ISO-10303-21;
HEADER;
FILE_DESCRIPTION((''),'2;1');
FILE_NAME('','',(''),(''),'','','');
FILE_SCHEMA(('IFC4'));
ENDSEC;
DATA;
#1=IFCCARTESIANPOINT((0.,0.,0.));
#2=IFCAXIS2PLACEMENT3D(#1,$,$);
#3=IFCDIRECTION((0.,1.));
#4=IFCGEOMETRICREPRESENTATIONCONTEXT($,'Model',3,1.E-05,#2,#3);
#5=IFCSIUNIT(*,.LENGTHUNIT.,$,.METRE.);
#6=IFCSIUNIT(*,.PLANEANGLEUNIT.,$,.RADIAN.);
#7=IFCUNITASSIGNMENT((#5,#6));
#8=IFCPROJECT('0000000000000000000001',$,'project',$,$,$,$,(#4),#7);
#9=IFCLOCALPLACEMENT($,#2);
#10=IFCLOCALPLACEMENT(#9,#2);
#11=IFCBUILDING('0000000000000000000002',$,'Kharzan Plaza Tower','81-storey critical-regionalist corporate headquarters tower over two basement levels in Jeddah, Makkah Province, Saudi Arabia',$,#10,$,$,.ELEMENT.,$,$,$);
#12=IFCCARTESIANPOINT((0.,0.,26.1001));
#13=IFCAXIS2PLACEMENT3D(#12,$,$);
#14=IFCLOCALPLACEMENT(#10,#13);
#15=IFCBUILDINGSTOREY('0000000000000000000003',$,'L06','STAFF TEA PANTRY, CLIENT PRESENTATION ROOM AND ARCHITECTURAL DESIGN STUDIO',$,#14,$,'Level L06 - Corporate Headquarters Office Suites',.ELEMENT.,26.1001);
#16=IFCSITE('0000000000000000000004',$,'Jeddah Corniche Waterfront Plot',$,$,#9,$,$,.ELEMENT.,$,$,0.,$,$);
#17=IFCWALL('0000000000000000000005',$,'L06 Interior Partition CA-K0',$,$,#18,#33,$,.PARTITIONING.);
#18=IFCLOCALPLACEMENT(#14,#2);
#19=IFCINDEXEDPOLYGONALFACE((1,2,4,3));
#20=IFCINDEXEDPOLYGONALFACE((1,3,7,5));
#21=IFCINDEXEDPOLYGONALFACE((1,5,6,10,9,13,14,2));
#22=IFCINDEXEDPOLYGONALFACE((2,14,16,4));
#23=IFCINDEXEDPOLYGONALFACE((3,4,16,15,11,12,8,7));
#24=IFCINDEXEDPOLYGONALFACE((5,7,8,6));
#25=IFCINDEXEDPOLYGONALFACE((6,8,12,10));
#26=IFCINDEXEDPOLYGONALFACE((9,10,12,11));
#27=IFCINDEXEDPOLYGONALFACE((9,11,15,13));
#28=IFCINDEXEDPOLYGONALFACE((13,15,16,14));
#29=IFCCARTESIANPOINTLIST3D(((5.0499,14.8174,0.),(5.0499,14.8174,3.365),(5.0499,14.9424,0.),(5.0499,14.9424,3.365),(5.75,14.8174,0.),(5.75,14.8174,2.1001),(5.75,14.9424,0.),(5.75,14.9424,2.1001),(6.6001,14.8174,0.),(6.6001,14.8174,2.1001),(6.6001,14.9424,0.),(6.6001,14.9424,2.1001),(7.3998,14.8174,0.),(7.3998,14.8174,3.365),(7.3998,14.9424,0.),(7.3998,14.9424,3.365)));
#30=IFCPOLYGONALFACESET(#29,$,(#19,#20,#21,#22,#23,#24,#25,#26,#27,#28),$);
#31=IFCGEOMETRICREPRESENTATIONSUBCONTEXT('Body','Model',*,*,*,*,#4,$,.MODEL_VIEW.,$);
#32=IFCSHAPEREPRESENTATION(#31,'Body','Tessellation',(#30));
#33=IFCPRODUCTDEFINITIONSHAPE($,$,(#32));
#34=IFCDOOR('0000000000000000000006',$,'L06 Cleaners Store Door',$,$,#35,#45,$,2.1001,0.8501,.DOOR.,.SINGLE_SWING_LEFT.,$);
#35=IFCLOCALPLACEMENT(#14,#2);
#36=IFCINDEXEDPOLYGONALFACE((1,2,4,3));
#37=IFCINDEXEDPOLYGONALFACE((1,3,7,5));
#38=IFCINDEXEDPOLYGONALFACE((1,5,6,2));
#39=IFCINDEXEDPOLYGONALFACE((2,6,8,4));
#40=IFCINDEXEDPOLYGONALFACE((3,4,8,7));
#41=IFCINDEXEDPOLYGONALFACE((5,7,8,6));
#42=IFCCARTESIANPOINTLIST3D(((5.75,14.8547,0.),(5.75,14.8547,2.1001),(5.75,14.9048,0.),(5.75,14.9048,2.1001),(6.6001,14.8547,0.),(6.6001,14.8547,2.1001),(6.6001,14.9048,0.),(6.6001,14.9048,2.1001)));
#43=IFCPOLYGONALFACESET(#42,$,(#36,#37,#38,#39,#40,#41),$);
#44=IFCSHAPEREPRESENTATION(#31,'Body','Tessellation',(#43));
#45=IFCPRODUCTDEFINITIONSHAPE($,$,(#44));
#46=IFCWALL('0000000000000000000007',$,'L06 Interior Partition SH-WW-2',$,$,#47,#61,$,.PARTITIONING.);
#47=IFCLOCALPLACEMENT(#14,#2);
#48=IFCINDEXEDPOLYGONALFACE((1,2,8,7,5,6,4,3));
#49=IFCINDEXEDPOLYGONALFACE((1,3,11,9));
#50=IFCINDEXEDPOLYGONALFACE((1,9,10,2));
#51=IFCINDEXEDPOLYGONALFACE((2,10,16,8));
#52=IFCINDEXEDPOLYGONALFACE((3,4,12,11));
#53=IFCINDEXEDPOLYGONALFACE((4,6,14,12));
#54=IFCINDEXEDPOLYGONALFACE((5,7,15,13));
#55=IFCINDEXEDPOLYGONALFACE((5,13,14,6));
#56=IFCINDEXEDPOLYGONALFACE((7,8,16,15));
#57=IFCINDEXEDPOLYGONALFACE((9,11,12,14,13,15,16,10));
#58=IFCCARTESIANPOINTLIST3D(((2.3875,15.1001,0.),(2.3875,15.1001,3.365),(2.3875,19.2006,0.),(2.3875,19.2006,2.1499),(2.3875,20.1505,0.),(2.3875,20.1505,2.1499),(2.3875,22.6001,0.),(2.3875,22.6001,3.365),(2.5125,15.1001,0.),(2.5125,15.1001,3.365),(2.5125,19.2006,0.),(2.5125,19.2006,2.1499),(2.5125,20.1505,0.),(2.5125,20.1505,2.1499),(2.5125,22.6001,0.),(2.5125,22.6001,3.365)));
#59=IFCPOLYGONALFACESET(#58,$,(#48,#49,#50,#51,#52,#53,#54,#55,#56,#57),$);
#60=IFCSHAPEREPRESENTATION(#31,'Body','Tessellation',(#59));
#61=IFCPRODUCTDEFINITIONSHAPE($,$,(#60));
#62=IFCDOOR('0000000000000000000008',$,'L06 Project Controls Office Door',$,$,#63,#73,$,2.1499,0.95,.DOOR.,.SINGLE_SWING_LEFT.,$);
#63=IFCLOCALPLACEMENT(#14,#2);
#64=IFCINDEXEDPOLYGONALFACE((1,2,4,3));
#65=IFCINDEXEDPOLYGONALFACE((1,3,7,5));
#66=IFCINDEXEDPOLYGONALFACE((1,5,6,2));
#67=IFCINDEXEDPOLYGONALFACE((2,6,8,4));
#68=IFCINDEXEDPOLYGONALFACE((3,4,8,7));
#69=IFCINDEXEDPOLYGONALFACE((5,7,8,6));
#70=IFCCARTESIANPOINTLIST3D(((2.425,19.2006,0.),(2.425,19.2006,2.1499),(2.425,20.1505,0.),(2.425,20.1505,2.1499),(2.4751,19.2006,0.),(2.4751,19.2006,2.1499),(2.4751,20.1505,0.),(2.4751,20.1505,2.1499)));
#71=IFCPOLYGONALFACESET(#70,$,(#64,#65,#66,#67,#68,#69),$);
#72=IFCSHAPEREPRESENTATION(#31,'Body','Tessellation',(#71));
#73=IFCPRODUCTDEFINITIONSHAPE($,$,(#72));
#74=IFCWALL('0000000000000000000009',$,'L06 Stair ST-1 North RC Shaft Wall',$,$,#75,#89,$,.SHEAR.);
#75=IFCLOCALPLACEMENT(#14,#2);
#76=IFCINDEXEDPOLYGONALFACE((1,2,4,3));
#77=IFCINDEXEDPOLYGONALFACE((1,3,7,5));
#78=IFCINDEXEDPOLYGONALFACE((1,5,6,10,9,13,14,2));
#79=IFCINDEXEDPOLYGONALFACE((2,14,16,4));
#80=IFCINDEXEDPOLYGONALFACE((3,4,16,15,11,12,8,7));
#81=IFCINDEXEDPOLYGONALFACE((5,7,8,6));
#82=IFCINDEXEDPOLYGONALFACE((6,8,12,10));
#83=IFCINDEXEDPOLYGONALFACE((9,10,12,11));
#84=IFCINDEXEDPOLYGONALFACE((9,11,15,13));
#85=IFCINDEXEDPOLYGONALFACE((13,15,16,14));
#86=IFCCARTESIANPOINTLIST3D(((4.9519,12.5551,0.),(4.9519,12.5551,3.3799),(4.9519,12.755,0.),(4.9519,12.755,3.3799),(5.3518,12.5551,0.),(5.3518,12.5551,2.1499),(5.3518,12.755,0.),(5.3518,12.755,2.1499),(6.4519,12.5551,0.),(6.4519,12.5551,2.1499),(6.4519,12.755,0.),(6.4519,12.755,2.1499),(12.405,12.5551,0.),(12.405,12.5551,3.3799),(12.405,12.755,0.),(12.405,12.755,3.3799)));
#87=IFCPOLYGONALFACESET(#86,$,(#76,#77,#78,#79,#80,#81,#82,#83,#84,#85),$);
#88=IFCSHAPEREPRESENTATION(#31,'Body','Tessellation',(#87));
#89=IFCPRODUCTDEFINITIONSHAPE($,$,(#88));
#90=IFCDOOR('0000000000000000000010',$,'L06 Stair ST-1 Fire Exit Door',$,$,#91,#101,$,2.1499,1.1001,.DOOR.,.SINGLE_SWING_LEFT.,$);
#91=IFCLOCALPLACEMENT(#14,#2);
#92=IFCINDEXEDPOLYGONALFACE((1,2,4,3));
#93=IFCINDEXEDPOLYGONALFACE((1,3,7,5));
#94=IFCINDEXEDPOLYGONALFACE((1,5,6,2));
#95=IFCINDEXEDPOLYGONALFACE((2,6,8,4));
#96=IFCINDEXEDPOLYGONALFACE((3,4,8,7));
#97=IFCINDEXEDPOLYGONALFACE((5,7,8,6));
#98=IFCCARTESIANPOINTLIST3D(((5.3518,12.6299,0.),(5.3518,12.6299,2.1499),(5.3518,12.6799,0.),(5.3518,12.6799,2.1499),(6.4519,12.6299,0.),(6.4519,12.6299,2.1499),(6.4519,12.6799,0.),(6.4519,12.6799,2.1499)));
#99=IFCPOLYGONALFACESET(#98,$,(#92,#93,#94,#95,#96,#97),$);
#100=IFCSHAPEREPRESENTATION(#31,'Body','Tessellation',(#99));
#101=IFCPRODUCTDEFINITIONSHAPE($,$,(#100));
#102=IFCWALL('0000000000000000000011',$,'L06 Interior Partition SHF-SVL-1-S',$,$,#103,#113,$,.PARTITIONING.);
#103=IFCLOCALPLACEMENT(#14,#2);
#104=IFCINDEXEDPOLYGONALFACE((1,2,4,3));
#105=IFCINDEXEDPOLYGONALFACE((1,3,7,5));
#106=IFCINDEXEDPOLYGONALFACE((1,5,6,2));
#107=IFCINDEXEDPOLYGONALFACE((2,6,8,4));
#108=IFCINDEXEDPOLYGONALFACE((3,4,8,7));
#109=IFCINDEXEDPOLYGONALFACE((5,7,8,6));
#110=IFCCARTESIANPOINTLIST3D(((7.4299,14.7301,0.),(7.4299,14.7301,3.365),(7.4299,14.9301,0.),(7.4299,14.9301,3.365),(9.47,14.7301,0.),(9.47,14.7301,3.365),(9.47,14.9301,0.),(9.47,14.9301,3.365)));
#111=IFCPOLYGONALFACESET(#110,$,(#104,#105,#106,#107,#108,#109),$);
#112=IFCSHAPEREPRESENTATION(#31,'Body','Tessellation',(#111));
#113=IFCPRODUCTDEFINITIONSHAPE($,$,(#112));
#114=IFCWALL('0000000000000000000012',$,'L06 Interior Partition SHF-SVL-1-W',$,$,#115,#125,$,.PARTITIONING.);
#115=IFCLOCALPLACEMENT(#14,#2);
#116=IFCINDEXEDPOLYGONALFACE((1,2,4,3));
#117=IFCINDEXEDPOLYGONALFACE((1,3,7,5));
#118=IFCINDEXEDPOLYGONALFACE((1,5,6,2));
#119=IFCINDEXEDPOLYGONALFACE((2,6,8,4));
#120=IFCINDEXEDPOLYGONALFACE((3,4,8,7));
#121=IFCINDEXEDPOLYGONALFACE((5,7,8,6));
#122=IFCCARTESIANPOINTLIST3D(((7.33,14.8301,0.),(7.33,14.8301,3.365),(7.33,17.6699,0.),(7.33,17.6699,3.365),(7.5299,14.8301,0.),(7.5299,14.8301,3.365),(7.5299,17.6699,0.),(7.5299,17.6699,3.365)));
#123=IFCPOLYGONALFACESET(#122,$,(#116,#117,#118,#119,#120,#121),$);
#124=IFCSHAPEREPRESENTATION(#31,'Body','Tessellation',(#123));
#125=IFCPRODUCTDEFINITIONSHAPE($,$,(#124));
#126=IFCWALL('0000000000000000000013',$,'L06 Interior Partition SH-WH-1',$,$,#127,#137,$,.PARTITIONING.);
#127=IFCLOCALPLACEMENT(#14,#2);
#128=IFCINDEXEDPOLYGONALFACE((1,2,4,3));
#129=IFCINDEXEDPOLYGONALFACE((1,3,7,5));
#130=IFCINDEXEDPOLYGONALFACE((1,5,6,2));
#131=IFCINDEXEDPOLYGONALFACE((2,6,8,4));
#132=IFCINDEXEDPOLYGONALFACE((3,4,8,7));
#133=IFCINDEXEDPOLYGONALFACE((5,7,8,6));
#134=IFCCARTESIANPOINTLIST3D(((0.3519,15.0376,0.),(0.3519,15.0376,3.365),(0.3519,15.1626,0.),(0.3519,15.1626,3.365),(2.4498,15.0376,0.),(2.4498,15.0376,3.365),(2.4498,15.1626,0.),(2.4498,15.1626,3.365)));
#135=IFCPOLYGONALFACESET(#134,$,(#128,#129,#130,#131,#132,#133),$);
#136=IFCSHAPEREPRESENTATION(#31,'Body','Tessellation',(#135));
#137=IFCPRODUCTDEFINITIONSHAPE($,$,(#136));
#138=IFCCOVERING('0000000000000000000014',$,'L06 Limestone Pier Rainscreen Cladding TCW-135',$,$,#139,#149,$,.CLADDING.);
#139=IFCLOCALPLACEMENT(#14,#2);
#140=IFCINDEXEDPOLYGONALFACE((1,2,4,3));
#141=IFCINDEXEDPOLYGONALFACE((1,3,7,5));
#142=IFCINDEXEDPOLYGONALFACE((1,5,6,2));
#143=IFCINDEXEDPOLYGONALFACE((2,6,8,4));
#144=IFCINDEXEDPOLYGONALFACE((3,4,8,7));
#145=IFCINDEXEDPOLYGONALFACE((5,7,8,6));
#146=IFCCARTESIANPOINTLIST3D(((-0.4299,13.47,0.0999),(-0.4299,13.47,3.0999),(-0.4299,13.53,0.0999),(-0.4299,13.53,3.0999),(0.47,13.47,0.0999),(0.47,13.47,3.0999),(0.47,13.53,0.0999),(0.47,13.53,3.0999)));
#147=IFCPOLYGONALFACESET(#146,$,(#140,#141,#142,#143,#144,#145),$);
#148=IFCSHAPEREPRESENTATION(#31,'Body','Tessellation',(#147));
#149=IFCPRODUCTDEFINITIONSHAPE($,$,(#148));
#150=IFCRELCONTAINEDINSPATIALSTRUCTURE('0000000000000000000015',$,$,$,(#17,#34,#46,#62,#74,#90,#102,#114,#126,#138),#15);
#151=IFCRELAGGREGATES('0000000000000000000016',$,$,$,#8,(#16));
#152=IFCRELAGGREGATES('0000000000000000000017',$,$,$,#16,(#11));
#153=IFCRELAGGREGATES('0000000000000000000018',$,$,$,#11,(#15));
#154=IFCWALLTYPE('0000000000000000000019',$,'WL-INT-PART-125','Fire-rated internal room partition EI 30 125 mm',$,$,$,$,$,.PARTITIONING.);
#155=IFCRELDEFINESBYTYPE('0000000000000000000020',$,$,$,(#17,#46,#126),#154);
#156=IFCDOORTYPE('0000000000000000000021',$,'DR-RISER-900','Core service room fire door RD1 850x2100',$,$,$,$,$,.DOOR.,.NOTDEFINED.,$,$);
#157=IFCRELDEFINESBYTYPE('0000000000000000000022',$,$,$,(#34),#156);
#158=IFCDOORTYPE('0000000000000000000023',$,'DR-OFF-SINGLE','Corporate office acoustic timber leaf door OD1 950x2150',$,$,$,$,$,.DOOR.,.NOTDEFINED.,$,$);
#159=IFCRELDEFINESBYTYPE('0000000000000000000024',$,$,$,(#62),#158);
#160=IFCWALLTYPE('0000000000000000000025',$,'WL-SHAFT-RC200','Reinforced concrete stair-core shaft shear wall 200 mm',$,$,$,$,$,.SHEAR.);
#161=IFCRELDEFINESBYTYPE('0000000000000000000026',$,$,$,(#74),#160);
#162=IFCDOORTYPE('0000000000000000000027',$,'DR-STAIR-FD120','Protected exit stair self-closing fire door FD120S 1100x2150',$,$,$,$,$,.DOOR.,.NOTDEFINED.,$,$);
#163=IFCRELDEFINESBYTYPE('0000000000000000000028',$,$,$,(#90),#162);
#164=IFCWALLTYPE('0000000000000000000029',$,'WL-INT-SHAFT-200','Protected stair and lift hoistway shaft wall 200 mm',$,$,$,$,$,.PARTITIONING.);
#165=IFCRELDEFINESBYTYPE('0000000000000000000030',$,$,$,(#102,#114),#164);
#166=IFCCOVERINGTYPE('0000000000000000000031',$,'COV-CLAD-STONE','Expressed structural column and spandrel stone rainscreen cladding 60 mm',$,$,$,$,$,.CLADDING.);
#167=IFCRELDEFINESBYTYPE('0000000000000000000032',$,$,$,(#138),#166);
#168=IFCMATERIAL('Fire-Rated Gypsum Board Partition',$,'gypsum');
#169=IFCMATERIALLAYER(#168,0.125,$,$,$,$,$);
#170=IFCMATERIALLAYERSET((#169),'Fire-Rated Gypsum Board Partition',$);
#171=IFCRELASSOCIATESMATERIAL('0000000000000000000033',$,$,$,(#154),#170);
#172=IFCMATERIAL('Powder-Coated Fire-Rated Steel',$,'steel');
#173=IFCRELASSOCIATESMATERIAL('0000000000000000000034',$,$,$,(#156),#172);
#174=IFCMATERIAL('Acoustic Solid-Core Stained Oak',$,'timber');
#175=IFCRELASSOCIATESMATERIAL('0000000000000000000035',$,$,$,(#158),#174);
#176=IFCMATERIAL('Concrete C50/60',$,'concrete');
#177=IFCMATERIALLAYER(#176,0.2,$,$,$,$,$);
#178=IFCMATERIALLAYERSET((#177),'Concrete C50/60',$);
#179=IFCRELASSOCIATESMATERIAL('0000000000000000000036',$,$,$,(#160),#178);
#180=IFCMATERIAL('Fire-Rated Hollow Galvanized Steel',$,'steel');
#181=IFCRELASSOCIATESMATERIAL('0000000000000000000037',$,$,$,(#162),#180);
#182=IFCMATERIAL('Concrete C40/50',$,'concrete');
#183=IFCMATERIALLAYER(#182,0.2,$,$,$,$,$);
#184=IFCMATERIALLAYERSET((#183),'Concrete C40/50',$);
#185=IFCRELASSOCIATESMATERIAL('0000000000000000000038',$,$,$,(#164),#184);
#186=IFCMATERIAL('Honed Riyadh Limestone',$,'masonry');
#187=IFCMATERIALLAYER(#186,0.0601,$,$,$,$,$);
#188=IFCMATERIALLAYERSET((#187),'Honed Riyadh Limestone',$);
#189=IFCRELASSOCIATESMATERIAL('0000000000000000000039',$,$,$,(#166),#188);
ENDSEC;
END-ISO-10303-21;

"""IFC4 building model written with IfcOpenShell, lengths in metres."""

from ifc_helpers import new_model, si_unit, direction, frame, frame_2d, origin, origin_2d, place, context, subcontext, project, spatial, rectangle, extrude, source, transform, mapped, material, layer, layer_set, type_object, element, fill, save


model = new_model("IFC4")

# Units and contexts
model_context = context("Model", 3, precision=1e-05, world=origin(), true_north=direction((0.0, 1.0)))
body_context = subcontext(model_context, "Body", "Model", "MODEL_VIEW")
ifc_project = project(units=[si_unit("LENGTHUNIT", "METRE"), si_unit("PLANEANGLEUNIT", "RADIAN")], contexts=[model_context])

# Site, building, storey
site_placement = place(None, origin())
site = spatial("IfcSite", under=ifc_project, at=site_placement, Name="Jeddah Corniche Waterfront Plot", CompositionType="ELEMENT", RefElevation=0.0)
building_placement = place(site_placement, origin())
building = spatial("IfcBuilding", under=site, at=building_placement, Name="Kharzan Plaza Tower", Description="81-storey critical-regionalist corporate headquarters tower over two basement levels in Jeddah, Makkah Province, Saudi Arabia", CompositionType="ELEMENT")
storey_placement = place(building_placement, frame((0.0, 0.0, 26.1001)))
storey = spatial("IfcBuildingStorey", under=building, at=storey_placement, Name="L06", Description="STAFF TEA PANTRY, CLIENT PRESENTATION ROOM AND ARCHITECTURAL DESIGN STUDIO", LongName="Level L06 - Corporate Headquarters Office Suites", CompositionType="ELEMENT", Elevation=26.1001)

# Shared definitions
ifc_material_1 = material(Name="Concrete C40/50", Category="concrete")

# Walls, openings, doors
ifc_material_2 = material(Name="Fire-Rated Gypsum Board Partition", Category="gypsum")
ifc_layer_1 = layer(ifc_material_2, 0.125)
ifc_layer_set_1 = layer_set([ifc_layer_1], Name="Fire-Rated Gypsum Board Partition")
wall_type_1 = type_object("IfcWallType", Name="WL-INT-PART-125", Description="Fire-rated internal room partition EI 30 125 mm", PredefinedType="PARTITIONING", material=ifc_layer_set_1)
wall_1_placement = place(storey_placement, frame((5.05, 14.8799, 0.0), z_axis=(0.0, 0.0, 1.0), x_axis=(1.0, 0.0, 0.0)))
wall_1 = element("IfcWall", 1, at=wall_1_placement, inside=storey, type_object=wall_type_1, Name="L06 Interior Partition CA-K0", PredefinedType="PARTITIONING", context=body_context, shape_type="SweptSolid", body=[
    extrude(rectangle(XDim=2.3499, YDim=0.125, at=frame_2d((1.1748, 0.0))), origin(), (0.0, 0.0, 1.0), 3.365),
])
opening_1_placement = place(wall_1_placement, frame((0.7, 0.0, 0.0)))
opening_1 = element("IfcOpeningElement", 2, at=opening_1_placement, cuts=wall_1, PredefinedType="OPENING", context=body_context, shape_type="SweptSolid", body=[
    extrude(rectangle(XDim=0.8501, YDim=2.1001, at=frame_2d((0.425, 1.05))), frame((0.0, 0.0725, 0.0), z_axis=(0.0, -1.0, 0.0), x_axis=(1.0, 0.0, 0.0)), (0.0, 0.0, 1.0), 0.145),
])
ifc_material_3 = material(Name="Powder-Coated Fire-Rated Steel", Category="steel")
door_type_1 = type_object("IfcDoorType", Name="DR-RISER-900", Description="Core service room fire door RD1 850x2100", OperationType="NOTDEFINED", PredefinedType="DOOR", material=ifc_material_3)
shared_shape_1 = source(origin(), body_context, "Body", "SweptSolid", [
    extrude(rectangle(XDim=0.8501, YDim=2.1001, at=frame_2d((0.425, 1.05))), frame((0.0, 0.0249, 0.0), z_axis=(0.0, -1.0, 0.0), x_axis=(1.0, 0.0, 0.0)), (0.0, 0.0, 1.0), 0.05),
])
door_1_placement = place(opening_1_placement, origin())
door_1 = element("IfcDoor", 3, at=door_1_placement, inside=storey, type_object=door_type_1, Name="L06 Cleaners Store Door", OperationType="SINGLE_SWING_LEFT", OverallHeight=2.1001, OverallWidth=0.8501, PredefinedType="DOOR", context=body_context, shape_type="MappedRepresentation", body=[
    mapped(shared_shape_1, transform((0.0, 0.0, 0.0), x_axis=(1.0, 0.0, 0.0), y_axis=(0.0, 1.0, 0.0), z_axis=(0.0, 0.0, 1.0))),
])
fill(opening_1, door_1)
wall_2_placement = place(storey_placement, frame((2.45, 15.1001, 0.0), z_axis=(0.0, 0.0, 1.0), x_axis=(0.0, 1.0, 0.0)))
wall_2 = element("IfcWall", 4, at=wall_2_placement, inside=storey, type_object=wall_type_1, Name="L06 Interior Partition SH-WW-2", PredefinedType="PARTITIONING", context=body_context, shape_type="SweptSolid", body=[
    extrude(rectangle(XDim=7.5, YDim=0.125, at=frame_2d((3.75, 0.0))), origin(), (0.0, 0.0, 1.0), 3.365),
])
opening_2_placement = place(wall_2_placement, frame((4.1003, 0.0, 0.0)))
opening_2 = element("IfcOpeningElement", 5, at=opening_2_placement, cuts=wall_2, PredefinedType="OPENING", context=body_context, shape_type="SweptSolid", body=[
    extrude(rectangle(XDim=0.95, YDim=2.1499, at=frame_2d((0.4751, 1.075))), frame((0.0, 0.0725, 0.0), z_axis=(0.0, -1.0, 0.0), x_axis=(1.0, 0.0, 0.0)), (0.0, 0.0, 1.0), 0.145),
])
ifc_material_4 = material(Name="Acoustic Solid-Core Stained Oak", Category="timber")
door_type_2 = type_object("IfcDoorType", Name="DR-OFF-SINGLE", Description="Corporate office acoustic timber leaf door OD1 950x2150", OperationType="NOTDEFINED", PredefinedType="DOOR", material=ifc_material_4)
shared_shape_2 = source(origin(), body_context, "Body", "SweptSolid", [
    extrude(rectangle(XDim=0.95, YDim=2.1499, at=frame_2d((0.4751, 1.075))), frame((0.0, 0.0249, 0.0), z_axis=(0.0, -1.0, 0.0), x_axis=(1.0, 0.0, 0.0)), (0.0, 0.0, 1.0), 0.05),
])
door_2_placement = place(opening_2_placement, origin())
door_2 = element("IfcDoor", 6, at=door_2_placement, inside=storey, type_object=door_type_2, Name="L06 Project Controls Office Door", OperationType="SINGLE_SWING_LEFT", OverallHeight=2.1499, OverallWidth=0.95, PredefinedType="DOOR", context=body_context, shape_type="MappedRepresentation", body=[
    mapped(shared_shape_2, transform((0.0, 0.0, 0.0), x_axis=(1.0, 0.0, 0.0), y_axis=(0.0, 1.0, 0.0), z_axis=(0.0, 0.0, 1.0))),
])
fill(opening_2, door_2)
ifc_material_5 = material(Name="Concrete C50/60", Category="concrete")
ifc_layer_2 = layer(ifc_material_5, 0.2)
ifc_layer_set_2 = layer_set([ifc_layer_2], Name="Concrete C50/60")
wall_type_2 = type_object("IfcWallType", Name="WL-SHAFT-RC200", Description="Reinforced concrete stair-core shaft shear wall 200 mm", PredefinedType="SHEAR", material=ifc_layer_set_2)
wall_3_placement = place(storey_placement, frame((4.9519, 12.655, 0.0), z_axis=(0.0, 0.0, 1.0), x_axis=(1.0, 0.0, 0.0)))
wall_3 = element("IfcWall", 7, at=wall_3_placement, inside=storey, type_object=wall_type_2, Name="L06 Stair ST-1 North RC Shaft Wall", PredefinedType="SHEAR", context=body_context, shape_type="SweptSolid", body=[
    extrude(rectangle(XDim=7.4531, YDim=0.2, at=frame_2d((3.7266, 0.0))), origin(), (0.0, 0.0, 1.0), 3.3799),
])
opening_3_placement = place(wall_3_placement, frame((0.3999, 0.0, 0.0)))
opening_3 = element("IfcOpeningElement", 8, at=opening_3_placement, cuts=wall_3, PredefinedType="OPENING", context=body_context, shape_type="SweptSolid", body=[
    extrude(rectangle(XDim=1.1001, YDim=2.1499, at=frame_2d((0.55, 1.075))), frame((0.0, 0.1099, 0.0), z_axis=(0.0, -1.0, 0.0), x_axis=(1.0, 0.0, 0.0)), (0.0, 0.0, 1.0), 0.22),
])
ifc_material_6 = material(Name="Fire-Rated Hollow Galvanized Steel", Category="steel")
door_type_3 = type_object("IfcDoorType", Name="DR-STAIR-FD120", Description="Protected exit stair self-closing fire door FD120S 1100x2150", OperationType="NOTDEFINED", PredefinedType="DOOR", material=ifc_material_6)
shared_shape_3 = source(origin(), body_context, "Body", "SweptSolid", [
    extrude(rectangle(XDim=1.1001, YDim=2.1499, at=frame_2d((0.55, 1.075))), frame((0.0, 0.0249, 0.0), z_axis=(0.0, -1.0, 0.0), x_axis=(1.0, 0.0, 0.0)), (0.0, 0.0, 1.0), 0.05),
])
door_3_placement = place(opening_3_placement, origin())
door_3 = element("IfcDoor", 9, at=door_3_placement, inside=storey, type_object=door_type_3, Name="L06 Stair ST-1 Fire Exit Door", OperationType="SINGLE_SWING_LEFT", OverallHeight=2.1499, OverallWidth=1.1001, PredefinedType="DOOR", context=body_context, shape_type="MappedRepresentation", body=[
    mapped(shared_shape_3, transform((0.0, 0.0, 0.0), x_axis=(1.0, 0.0, 0.0), y_axis=(0.0, 1.0, 0.0), z_axis=(0.0, 0.0, 1.0))),
])
fill(opening_3, door_3)

# Walls
ifc_layer_3 = layer(ifc_material_1, 0.2)
ifc_layer_set_3 = layer_set([ifc_layer_3], Name="Concrete C40/50")
wall_type_3 = type_object("IfcWallType", Name="WL-INT-SHAFT-200", Description="Protected stair and lift hoistway shaft wall 200 mm", PredefinedType="PARTITIONING", material=ifc_layer_set_3)
shared_shape_4 = source(origin(), body_context, "Body", "SweptSolid", [
    extrude(rectangle(XDim=2.04, YDim=0.2, at=frame_2d((1.02, 0.0))), origin(), (0.0, 0.0, 1.0), 3.365),
])
wall_4_placement = place(storey_placement, frame((7.4299, 14.8301, 0.0), z_axis=(0.0, 0.0, 1.0), x_axis=(1.0, 0.0, 0.0)))
element("IfcWall", 10, at=wall_4_placement, inside=storey, type_object=wall_type_3, Name="L06 Interior Partition SHF-SVL-1-S", PredefinedType="PARTITIONING", context=body_context, shape_type="MappedRepresentation", body=[
    mapped(shared_shape_4, transform((0.0, 0.0, 0.0), x_axis=(1.0, 0.0, 0.0), y_axis=(0.0, 1.0, 0.0), z_axis=(0.0, 0.0, 1.0))),
])
shared_shape_5 = source(origin(), body_context, "Body", "SweptSolid", [
    extrude(rectangle(XDim=2.8398, YDim=0.2, at=frame_2d((1.4199, 0.0))), origin(), (0.0, 0.0, 1.0), 3.365),
])
wall_5_placement = place(storey_placement, frame((7.4299, 14.8301, 0.0), z_axis=(0.0, 0.0, 1.0), x_axis=(0.0, 1.0, 0.0)))
element("IfcWall", 11, at=wall_5_placement, inside=storey, type_object=wall_type_3, Name="L06 Interior Partition SHF-SVL-1-W", PredefinedType="PARTITIONING", context=body_context, shape_type="MappedRepresentation", body=[
    mapped(shared_shape_5, transform((0.0, 0.0, 0.0), x_axis=(1.0, 0.0, 0.0), y_axis=(0.0, 1.0, 0.0), z_axis=(0.0, 0.0, 1.0))),
])
shared_shape_6 = source(origin(), body_context, "Body", "SweptSolid", [
    extrude(rectangle(XDim=2.0979, YDim=0.125, at=frame_2d((1.0488, 0.0))), origin(), (0.0, 0.0, 1.0), 3.365),
])
wall_6_placement = place(storey_placement, frame((0.3521, 15.1001, 0.0), z_axis=(0.0, 0.0, 1.0), x_axis=(1.0, 0.0, 0.0)))
element("IfcWall", 12, at=wall_6_placement, inside=storey, type_object=wall_type_1, Name="L06 Interior Partition SH-WH-1", PredefinedType="PARTITIONING", context=body_context, shape_type="MappedRepresentation", body=[
    mapped(shared_shape_6, transform((0.0, 0.0, 0.0), x_axis=(1.0, 0.0, 0.0), y_axis=(0.0, 1.0, 0.0), z_axis=(0.0, 0.0, 1.0))),
])

# Covering
ifc_material_7 = material(Name="Honed Riyadh Limestone", Category="masonry")
ifc_layer_4 = layer(ifc_material_7, 0.0601)
ifc_layer_set_4 = layer_set([ifc_layer_4], Name="Honed Riyadh Limestone")
covering_type = type_object("IfcCoveringType", Name="COV-CLAD-STONE", Description="Expressed structural column and spandrel stone rainscreen cladding 60 mm", PredefinedType="CLADDING", material=ifc_layer_set_4)
shared_shape_7 = source(origin(), body_context, "Body", "SweptSolid", [
    extrude(rectangle(XDim=0.0601, YDim=0.8999, at=origin_2d()), origin(), (0.0, 0.0, 1.0), 3.0),
])
covering_placement = place(storey_placement, frame((0.02, 13.5, 0.0999), z_axis=(0.0, 0.0, 1.0), x_axis=(0.0, 1.0, 0.0)))
element("IfcCovering", 13, at=covering_placement, inside=storey, type_object=covering_type, Name="L06 Limestone Pier Rainscreen Cladding TCW-135", PredefinedType="CLADDING", context=body_context, shape_type="MappedRepresentation", body=[
    mapped(shared_shape_7, transform((0.0, 0.0, 0.0), x_axis=(1.0, 0.0, 0.0), y_axis=(0.0, 1.0, 0.0), z_axis=(0.0, 0.0, 1.0))),
])

save(model, "model.ifc")
